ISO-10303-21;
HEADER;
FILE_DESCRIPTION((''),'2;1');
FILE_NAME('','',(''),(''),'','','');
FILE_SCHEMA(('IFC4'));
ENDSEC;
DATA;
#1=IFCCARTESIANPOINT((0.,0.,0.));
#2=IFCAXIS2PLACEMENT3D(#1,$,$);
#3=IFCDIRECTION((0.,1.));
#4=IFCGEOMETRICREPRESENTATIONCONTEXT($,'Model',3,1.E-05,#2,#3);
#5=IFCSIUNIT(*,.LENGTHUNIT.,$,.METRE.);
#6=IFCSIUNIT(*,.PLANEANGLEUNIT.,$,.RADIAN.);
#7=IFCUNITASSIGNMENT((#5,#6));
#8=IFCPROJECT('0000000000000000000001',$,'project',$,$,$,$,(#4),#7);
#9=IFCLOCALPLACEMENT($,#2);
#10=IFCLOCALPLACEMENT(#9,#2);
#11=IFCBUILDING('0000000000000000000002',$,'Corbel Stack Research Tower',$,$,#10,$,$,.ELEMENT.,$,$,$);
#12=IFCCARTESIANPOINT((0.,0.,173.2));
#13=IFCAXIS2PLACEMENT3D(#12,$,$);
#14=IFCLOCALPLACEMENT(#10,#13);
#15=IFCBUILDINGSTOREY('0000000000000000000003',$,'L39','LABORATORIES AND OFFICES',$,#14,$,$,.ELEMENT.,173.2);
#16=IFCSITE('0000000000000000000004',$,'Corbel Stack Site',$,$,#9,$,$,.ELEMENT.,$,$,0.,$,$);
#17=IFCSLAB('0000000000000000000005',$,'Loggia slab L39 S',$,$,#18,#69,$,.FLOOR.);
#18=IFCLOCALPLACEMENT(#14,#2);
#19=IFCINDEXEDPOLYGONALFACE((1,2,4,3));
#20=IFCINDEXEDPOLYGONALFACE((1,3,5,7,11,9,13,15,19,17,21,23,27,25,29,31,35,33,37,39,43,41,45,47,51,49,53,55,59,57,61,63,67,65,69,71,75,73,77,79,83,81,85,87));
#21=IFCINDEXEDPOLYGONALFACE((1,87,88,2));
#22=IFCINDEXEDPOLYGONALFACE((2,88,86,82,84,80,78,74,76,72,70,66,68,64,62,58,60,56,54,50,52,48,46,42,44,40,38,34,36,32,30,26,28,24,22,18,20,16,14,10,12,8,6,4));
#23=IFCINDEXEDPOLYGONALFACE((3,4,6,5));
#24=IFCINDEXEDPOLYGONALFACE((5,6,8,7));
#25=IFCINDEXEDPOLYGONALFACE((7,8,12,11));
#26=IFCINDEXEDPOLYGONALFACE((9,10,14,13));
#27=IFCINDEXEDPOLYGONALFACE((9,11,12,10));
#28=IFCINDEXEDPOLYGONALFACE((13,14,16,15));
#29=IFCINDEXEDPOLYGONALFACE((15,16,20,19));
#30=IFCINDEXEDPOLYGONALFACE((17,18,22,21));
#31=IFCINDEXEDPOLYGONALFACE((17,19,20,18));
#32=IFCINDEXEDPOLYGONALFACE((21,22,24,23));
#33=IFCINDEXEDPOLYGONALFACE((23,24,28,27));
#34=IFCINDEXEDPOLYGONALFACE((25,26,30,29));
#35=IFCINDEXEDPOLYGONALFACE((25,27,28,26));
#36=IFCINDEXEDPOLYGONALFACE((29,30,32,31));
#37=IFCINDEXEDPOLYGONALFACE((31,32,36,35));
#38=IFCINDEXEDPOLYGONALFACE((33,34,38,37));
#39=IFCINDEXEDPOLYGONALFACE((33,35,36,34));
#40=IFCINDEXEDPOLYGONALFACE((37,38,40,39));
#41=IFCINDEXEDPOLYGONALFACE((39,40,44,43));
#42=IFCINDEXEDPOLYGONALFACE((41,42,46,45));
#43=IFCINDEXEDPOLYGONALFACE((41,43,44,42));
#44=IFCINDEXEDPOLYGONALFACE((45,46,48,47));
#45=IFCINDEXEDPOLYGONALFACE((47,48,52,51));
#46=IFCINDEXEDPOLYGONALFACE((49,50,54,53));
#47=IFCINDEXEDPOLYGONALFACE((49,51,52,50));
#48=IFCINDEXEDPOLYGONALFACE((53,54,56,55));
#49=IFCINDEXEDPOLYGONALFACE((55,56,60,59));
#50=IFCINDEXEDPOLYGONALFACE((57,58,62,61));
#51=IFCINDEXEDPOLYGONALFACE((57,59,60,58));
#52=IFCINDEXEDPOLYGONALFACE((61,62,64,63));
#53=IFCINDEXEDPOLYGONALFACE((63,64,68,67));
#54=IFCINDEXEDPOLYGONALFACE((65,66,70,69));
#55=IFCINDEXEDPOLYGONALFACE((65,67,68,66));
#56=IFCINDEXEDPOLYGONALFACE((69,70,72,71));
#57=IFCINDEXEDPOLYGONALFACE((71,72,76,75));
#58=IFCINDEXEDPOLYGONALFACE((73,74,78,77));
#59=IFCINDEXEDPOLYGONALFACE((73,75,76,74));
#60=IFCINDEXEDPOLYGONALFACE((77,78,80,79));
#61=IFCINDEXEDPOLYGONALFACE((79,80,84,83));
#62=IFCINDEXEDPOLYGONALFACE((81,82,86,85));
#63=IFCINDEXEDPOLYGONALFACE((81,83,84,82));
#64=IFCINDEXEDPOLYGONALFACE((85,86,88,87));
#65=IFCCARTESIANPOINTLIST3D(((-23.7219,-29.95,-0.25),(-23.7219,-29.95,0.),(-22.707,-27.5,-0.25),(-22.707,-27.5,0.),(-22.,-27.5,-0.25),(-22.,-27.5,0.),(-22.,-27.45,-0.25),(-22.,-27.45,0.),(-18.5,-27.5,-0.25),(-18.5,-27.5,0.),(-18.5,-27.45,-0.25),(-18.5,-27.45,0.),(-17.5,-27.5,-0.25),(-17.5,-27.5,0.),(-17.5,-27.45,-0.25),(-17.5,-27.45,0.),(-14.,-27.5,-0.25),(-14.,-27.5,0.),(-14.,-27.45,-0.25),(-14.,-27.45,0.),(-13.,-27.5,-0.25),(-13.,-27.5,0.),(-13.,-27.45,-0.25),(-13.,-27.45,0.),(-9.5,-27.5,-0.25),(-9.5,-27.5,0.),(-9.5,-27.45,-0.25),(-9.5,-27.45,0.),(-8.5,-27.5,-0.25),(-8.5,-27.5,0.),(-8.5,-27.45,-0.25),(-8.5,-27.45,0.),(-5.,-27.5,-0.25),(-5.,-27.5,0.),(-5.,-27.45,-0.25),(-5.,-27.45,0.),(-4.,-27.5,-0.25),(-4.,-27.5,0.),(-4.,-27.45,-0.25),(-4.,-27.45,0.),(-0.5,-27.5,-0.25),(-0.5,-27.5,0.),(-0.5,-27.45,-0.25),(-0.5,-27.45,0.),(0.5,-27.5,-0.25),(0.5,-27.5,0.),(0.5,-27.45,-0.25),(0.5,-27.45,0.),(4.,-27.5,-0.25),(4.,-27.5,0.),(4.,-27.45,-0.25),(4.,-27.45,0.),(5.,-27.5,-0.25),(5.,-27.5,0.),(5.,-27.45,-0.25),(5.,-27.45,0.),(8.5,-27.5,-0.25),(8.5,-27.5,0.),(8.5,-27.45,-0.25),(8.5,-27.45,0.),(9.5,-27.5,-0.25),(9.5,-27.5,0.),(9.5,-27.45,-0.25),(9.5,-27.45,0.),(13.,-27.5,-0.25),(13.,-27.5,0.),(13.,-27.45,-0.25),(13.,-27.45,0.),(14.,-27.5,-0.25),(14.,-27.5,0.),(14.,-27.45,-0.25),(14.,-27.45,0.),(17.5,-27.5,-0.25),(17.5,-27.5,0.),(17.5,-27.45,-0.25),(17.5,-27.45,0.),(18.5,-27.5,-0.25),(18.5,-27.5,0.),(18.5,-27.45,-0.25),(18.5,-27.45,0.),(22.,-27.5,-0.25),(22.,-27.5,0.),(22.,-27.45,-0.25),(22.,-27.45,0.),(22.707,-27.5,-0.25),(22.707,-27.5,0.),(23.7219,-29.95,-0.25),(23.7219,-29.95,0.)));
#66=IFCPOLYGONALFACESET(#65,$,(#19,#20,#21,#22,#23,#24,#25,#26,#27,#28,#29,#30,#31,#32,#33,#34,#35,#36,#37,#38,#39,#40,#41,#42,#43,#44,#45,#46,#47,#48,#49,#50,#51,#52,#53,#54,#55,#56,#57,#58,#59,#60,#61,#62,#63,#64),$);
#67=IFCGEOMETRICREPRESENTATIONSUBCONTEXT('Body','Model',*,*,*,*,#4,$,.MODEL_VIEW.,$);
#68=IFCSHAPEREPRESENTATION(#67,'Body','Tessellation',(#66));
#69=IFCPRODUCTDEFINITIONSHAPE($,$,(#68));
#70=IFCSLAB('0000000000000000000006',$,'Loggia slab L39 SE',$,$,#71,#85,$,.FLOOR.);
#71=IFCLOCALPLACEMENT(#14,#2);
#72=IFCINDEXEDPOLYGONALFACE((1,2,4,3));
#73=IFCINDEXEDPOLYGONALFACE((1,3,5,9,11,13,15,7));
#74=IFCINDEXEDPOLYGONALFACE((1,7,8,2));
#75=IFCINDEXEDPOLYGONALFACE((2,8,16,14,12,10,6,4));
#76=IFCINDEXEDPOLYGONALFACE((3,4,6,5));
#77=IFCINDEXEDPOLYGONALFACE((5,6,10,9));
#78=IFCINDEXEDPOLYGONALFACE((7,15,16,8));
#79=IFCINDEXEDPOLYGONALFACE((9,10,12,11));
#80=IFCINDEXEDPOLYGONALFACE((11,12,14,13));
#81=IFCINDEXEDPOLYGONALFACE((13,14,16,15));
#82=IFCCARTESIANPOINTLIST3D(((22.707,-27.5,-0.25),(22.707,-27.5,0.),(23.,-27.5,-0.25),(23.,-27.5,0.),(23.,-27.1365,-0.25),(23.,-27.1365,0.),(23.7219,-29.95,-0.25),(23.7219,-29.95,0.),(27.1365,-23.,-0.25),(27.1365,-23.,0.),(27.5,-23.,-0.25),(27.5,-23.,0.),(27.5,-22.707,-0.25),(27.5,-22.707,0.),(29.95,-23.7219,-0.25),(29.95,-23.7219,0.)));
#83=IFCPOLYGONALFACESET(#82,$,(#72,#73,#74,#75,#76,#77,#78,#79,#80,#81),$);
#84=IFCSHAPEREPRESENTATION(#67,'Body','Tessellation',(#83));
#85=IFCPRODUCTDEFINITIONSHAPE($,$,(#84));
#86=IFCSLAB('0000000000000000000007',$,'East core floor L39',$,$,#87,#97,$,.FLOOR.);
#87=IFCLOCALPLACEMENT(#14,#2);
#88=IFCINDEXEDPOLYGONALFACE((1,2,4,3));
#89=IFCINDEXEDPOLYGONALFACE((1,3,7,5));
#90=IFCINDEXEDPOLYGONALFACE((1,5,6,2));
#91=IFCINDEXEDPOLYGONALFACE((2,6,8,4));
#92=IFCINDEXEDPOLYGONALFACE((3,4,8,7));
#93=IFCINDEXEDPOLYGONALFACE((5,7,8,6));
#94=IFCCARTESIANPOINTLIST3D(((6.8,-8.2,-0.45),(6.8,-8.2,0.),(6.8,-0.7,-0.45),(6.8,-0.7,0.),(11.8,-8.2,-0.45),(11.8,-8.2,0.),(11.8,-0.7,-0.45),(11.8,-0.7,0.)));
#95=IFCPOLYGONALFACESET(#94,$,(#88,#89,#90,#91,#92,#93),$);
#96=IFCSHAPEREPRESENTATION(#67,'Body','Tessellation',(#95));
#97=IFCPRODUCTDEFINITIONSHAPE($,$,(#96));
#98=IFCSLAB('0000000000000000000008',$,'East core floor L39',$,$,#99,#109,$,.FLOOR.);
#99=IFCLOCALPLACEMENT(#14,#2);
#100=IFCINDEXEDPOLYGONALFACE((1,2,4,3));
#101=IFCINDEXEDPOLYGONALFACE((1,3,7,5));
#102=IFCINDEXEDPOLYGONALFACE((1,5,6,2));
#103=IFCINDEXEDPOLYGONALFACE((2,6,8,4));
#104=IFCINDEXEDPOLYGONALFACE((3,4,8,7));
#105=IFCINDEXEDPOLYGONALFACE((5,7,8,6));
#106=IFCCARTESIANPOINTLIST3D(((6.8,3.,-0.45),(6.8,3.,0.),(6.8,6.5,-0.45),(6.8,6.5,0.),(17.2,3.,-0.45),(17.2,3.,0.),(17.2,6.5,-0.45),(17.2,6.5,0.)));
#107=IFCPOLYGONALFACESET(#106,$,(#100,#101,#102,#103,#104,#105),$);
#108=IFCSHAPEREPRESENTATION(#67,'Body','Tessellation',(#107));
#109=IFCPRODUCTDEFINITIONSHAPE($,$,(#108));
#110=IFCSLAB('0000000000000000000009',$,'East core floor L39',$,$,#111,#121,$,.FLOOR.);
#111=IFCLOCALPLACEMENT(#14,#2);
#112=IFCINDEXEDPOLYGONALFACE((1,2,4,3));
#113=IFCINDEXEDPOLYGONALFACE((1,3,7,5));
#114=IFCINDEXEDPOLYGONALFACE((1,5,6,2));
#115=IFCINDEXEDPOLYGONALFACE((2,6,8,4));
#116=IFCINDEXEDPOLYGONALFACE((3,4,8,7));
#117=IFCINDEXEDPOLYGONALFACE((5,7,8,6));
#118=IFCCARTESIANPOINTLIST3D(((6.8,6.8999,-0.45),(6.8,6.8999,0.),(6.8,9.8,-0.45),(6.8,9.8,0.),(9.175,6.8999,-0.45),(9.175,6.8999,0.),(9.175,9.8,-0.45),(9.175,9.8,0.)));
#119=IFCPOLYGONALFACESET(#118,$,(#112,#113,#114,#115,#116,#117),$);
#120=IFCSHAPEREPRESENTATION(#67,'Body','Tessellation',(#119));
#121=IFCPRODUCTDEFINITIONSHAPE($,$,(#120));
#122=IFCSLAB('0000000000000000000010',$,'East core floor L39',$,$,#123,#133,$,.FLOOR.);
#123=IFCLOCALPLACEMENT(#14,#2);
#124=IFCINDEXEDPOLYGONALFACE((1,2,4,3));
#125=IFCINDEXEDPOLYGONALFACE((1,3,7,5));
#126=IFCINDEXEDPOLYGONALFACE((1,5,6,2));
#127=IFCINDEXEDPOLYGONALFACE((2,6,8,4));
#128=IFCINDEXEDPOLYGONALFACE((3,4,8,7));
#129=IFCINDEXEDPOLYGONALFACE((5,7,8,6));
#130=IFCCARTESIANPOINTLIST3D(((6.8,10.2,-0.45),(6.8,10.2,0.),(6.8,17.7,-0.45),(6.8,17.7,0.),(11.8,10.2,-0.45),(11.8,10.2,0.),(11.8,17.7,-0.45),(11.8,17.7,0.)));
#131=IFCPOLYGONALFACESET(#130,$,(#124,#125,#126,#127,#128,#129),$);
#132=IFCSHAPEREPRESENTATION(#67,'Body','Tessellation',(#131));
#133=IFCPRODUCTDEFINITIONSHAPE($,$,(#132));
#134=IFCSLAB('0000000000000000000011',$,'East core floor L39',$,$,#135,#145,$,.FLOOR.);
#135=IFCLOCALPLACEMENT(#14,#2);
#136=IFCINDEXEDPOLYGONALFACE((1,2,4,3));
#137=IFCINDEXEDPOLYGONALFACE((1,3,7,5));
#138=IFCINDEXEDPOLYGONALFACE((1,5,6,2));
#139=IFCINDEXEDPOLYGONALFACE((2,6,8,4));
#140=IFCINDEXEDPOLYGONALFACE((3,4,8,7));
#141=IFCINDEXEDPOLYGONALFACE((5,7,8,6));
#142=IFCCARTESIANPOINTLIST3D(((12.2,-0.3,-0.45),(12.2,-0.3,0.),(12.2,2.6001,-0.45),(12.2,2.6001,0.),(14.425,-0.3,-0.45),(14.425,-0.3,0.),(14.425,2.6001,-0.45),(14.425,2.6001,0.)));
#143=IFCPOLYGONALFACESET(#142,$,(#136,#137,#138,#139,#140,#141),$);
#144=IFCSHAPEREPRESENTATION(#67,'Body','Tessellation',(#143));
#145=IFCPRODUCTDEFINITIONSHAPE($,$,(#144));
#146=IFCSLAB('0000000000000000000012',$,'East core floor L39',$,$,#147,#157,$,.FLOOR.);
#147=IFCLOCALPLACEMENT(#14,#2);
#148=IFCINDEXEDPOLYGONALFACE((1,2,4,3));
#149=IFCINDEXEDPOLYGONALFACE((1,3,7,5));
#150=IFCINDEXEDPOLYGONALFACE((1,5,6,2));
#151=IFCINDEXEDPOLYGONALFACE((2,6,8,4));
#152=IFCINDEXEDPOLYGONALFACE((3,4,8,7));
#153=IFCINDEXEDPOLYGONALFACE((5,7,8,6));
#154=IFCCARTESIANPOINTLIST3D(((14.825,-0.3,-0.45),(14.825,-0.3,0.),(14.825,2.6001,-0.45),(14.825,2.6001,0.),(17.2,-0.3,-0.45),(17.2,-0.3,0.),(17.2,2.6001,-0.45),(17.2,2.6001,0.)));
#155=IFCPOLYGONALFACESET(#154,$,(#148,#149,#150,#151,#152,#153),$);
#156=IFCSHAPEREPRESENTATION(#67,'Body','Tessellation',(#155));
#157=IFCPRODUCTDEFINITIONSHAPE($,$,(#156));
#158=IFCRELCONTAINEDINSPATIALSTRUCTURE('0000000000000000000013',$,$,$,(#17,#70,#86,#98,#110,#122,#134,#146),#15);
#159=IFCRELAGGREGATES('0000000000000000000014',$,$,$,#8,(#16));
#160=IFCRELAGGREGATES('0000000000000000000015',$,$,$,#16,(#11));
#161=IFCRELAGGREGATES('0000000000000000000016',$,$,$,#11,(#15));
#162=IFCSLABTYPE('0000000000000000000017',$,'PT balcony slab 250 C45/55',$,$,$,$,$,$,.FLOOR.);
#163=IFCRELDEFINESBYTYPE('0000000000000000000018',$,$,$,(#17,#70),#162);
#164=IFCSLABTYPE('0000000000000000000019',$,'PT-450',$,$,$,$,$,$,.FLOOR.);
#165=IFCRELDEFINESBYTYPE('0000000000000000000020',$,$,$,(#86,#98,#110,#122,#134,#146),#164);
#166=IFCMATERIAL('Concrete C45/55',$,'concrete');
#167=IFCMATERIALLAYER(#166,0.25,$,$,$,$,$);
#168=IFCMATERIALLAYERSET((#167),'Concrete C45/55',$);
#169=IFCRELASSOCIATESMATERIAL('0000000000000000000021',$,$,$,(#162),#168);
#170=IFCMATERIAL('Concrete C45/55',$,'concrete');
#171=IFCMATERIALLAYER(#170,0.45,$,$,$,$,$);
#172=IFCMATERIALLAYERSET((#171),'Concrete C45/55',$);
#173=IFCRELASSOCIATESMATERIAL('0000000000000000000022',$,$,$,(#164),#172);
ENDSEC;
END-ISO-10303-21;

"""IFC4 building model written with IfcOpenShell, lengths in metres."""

from ifc_helpers import new_model, si_unit, direction, frame, origin, place, context, subcontext, project, spatial, polyline, outline, extrude, material, layer, layer_set, type_object, element, save


model = new_model("IFC4")

# Units and contexts
model_context = context("Model", 3, precision=1e-05, world=origin(), true_north=direction((0.0, 1.0)))
body_context = subcontext(model_context, "Body", "Model", "MODEL_VIEW")
ifc_project = project(units=[si_unit("LENGTHUNIT", "METRE"), si_unit("PLANEANGLEUNIT", "RADIAN")], contexts=[model_context])

# Site, building, storey
site_placement = place(None, origin())
site = spatial("IfcSite", under=ifc_project, at=site_placement, Name="Corbel Stack Site", CompositionType="ELEMENT", RefElevation=0.0)
building_placement = place(site_placement, origin())
building = spatial("IfcBuilding", under=site, at=building_placement, Name="Corbel Stack Research Tower", CompositionType="ELEMENT")
storey_placement = place(building_placement, frame((0.0, 0.0, 173.2)))
storey = spatial("IfcBuildingStorey", under=building, at=storey_placement, Name="L39", Description="LABORATORIES AND OFFICES", CompositionType="ELEMENT", Elevation=173.2)

# Slabs
ifc_material_1 = material(Name="Concrete C45/55", Category="concrete")
ifc_layer_1 = layer(ifc_material_1, 0.25)
ifc_layer_set_1 = layer_set([ifc_layer_1], Name="Concrete C45/55")
slab_type_1 = type_object("IfcSlabType", Name="PT balcony slab 250 C45/55", PredefinedType="FLOOR", material=ifc_layer_set_1)
slab_1_placement = place(storey_placement, frame((0.0, 0.0, -0.25)))
element("IfcSlab", 1, at=slab_1_placement, inside=storey, type_object=slab_type_1, Name="Loggia slab L39 S", PredefinedType="FLOOR", context=body_context, shape_type="SweptSolid", body=[
    extrude(outline(polyline([(22.707, -27.5), (22.0, -27.5), (22.0, -27.45), (18.5, -27.45), (18.5, -27.5), (17.5, -27.5), (17.5, -27.45), (14.0, -27.45), (14.0, -27.5), (13.0, -27.5), (13.0, -27.45), (9.5, -27.45), (9.5, -27.5), (8.5, -27.5), (8.5, -27.45), (5.0, -27.45), (5.0, -27.5), (4.0, -27.5), (4.0, -27.45), (0.5, -27.45), (0.5, -27.5), (-0.5, -27.5), (-0.5, -27.45), (-4.0, -27.45), (-4.0, -27.5), (-5.0, -27.5), (-5.0, -27.45), (-8.5, -27.45), (-8.5, -27.5), (-9.5, -27.5), (-9.5, -27.45), (-13.0, -27.45), (-13.0, -27.5), (-14.0, -27.5), (-14.0, -27.45), (-17.5, -27.45), (-17.5, -27.5), (-18.5, -27.5), (-18.5, -27.45), (-22.0, -27.45), (-22.0, -27.5), (-22.707, -27.5), (-23.7219, -29.95), (23.7219, -29.95), (22.707, -27.5)])), origin(), (0.0, 0.0, 1.0), 0.25),
])
slab_2_placement = place(storey_placement, frame((0.0, 0.0, -0.25)))
element("IfcSlab", 2, at=slab_2_placement, inside=storey, type_object=slab_type_1, Name="Loggia slab L39 SE", PredefinedType="FLOOR", context=body_context, shape_type="SweptSolid", body=[
    extrude(outline(polyline([(27.5, -22.707), (27.5, -23.0), (27.1365, -23.0), (23.0, -27.1365), (23.0, -27.5), (22.707, -27.5), (23.7219, -29.95), (29.95, -23.7219), (27.5, -22.707)])), origin(), (0.0, 0.0, 1.0), 0.25),
])
ifc_material_2 = material(Name="Concrete C45/55", Category="concrete")
ifc_layer_2 = layer(ifc_material_2, 0.45)
ifc_layer_set_2 = layer_set([ifc_layer_2], Name="Concrete C45/55")
slab_type_2 = type_object("IfcSlabType", Name="PT-450", PredefinedType="FLOOR", material=ifc_layer_set_2)
slab_3_placement = place(storey_placement, frame((0.0, 0.0, -0.45)))
element("IfcSlab", 3, at=slab_3_placement, inside=storey, type_object=slab_type_2, Name="East core floor L39", PredefinedType="FLOOR", context=body_context, shape_type="SweptSolid", body=[
    extrude(outline(polyline([(6.8, -0.7), (6.8, -8.2), (11.8, -8.2), (11.8, -0.7), (6.8, -0.7)])), origin(), (0.0, 0.0, 1.0), 0.45),
])
slab_4_placement = place(storey_placement, frame((0.0, 0.0, -0.45)))
element("IfcSlab", 4, at=slab_4_placement, inside=storey, type_object=slab_type_2, Name="East core floor L39", PredefinedType="FLOOR", context=body_context, shape_type="SweptSolid", body=[
    extrude(outline(polyline([(17.2, 6.5), (6.8, 6.5), (6.8, 3.0), (17.2, 3.0), (17.2, 6.5)])), origin(), (0.0, 0.0, 1.0), 0.45),
])
slab_5_placement = place(storey_placement, frame((0.0, 0.0, -0.45)))
element("IfcSlab", 5, at=slab_5_placement, inside=storey, type_object=slab_type_2, Name="East core floor L39", PredefinedType="FLOOR", context=body_context, shape_type="SweptSolid", body=[
    extrude(outline(polyline([(6.8, 6.8999), (9.175, 6.8999), (9.175, 9.8), (6.8, 9.8), (6.8, 6.8999)])), origin(), (0.0, 0.0, 1.0), 0.45),
])
slab_6_placement = place(storey_placement, frame((0.0, 0.0, -0.45)))
element("IfcSlab", 6, at=slab_6_placement, inside=storey, type_object=slab_type_2, Name="East core floor L39", PredefinedType="FLOOR", context=body_context, shape_type="SweptSolid", body=[
    extrude(outline(polyline([(6.8, 17.7), (6.8, 10.2), (11.8, 10.2), (11.8, 17.7), (6.8, 17.7)])), origin(), (0.0, 0.0, 1.0), 0.45),
])
slab_7_placement = place(storey_placement, frame((0.0, 0.0, -0.45)))
element("IfcSlab", 7, at=slab_7_placement, inside=storey, type_object=slab_type_2, Name="East core floor L39", PredefinedType="FLOOR", context=body_context, shape_type="SweptSolid", body=[
    extrude(outline(polyline([(14.425, -0.3), (14.425, 2.6001), (12.2, 2.6001), (12.2, -0.3), (14.425, -0.3)])), origin(), (0.0, 0.0, 1.0), 0.45),
])
slab_8_placement = place(storey_placement, frame((0.0, 0.0, -0.45)))
element("IfcSlab", 8, at=slab_8_placement, inside=storey, type_object=slab_type_2, Name="East core floor L39", PredefinedType="FLOOR", context=body_context, shape_type="SweptSolid", body=[
    extrude(outline(polyline([(17.2, -0.3), (17.2, 2.6001), (14.825, 2.6001), (14.825, -0.3), (17.2, -0.3)])), origin(), (0.0, 0.0, 1.0), 0.45),
])

save(model, "model.ifc")
